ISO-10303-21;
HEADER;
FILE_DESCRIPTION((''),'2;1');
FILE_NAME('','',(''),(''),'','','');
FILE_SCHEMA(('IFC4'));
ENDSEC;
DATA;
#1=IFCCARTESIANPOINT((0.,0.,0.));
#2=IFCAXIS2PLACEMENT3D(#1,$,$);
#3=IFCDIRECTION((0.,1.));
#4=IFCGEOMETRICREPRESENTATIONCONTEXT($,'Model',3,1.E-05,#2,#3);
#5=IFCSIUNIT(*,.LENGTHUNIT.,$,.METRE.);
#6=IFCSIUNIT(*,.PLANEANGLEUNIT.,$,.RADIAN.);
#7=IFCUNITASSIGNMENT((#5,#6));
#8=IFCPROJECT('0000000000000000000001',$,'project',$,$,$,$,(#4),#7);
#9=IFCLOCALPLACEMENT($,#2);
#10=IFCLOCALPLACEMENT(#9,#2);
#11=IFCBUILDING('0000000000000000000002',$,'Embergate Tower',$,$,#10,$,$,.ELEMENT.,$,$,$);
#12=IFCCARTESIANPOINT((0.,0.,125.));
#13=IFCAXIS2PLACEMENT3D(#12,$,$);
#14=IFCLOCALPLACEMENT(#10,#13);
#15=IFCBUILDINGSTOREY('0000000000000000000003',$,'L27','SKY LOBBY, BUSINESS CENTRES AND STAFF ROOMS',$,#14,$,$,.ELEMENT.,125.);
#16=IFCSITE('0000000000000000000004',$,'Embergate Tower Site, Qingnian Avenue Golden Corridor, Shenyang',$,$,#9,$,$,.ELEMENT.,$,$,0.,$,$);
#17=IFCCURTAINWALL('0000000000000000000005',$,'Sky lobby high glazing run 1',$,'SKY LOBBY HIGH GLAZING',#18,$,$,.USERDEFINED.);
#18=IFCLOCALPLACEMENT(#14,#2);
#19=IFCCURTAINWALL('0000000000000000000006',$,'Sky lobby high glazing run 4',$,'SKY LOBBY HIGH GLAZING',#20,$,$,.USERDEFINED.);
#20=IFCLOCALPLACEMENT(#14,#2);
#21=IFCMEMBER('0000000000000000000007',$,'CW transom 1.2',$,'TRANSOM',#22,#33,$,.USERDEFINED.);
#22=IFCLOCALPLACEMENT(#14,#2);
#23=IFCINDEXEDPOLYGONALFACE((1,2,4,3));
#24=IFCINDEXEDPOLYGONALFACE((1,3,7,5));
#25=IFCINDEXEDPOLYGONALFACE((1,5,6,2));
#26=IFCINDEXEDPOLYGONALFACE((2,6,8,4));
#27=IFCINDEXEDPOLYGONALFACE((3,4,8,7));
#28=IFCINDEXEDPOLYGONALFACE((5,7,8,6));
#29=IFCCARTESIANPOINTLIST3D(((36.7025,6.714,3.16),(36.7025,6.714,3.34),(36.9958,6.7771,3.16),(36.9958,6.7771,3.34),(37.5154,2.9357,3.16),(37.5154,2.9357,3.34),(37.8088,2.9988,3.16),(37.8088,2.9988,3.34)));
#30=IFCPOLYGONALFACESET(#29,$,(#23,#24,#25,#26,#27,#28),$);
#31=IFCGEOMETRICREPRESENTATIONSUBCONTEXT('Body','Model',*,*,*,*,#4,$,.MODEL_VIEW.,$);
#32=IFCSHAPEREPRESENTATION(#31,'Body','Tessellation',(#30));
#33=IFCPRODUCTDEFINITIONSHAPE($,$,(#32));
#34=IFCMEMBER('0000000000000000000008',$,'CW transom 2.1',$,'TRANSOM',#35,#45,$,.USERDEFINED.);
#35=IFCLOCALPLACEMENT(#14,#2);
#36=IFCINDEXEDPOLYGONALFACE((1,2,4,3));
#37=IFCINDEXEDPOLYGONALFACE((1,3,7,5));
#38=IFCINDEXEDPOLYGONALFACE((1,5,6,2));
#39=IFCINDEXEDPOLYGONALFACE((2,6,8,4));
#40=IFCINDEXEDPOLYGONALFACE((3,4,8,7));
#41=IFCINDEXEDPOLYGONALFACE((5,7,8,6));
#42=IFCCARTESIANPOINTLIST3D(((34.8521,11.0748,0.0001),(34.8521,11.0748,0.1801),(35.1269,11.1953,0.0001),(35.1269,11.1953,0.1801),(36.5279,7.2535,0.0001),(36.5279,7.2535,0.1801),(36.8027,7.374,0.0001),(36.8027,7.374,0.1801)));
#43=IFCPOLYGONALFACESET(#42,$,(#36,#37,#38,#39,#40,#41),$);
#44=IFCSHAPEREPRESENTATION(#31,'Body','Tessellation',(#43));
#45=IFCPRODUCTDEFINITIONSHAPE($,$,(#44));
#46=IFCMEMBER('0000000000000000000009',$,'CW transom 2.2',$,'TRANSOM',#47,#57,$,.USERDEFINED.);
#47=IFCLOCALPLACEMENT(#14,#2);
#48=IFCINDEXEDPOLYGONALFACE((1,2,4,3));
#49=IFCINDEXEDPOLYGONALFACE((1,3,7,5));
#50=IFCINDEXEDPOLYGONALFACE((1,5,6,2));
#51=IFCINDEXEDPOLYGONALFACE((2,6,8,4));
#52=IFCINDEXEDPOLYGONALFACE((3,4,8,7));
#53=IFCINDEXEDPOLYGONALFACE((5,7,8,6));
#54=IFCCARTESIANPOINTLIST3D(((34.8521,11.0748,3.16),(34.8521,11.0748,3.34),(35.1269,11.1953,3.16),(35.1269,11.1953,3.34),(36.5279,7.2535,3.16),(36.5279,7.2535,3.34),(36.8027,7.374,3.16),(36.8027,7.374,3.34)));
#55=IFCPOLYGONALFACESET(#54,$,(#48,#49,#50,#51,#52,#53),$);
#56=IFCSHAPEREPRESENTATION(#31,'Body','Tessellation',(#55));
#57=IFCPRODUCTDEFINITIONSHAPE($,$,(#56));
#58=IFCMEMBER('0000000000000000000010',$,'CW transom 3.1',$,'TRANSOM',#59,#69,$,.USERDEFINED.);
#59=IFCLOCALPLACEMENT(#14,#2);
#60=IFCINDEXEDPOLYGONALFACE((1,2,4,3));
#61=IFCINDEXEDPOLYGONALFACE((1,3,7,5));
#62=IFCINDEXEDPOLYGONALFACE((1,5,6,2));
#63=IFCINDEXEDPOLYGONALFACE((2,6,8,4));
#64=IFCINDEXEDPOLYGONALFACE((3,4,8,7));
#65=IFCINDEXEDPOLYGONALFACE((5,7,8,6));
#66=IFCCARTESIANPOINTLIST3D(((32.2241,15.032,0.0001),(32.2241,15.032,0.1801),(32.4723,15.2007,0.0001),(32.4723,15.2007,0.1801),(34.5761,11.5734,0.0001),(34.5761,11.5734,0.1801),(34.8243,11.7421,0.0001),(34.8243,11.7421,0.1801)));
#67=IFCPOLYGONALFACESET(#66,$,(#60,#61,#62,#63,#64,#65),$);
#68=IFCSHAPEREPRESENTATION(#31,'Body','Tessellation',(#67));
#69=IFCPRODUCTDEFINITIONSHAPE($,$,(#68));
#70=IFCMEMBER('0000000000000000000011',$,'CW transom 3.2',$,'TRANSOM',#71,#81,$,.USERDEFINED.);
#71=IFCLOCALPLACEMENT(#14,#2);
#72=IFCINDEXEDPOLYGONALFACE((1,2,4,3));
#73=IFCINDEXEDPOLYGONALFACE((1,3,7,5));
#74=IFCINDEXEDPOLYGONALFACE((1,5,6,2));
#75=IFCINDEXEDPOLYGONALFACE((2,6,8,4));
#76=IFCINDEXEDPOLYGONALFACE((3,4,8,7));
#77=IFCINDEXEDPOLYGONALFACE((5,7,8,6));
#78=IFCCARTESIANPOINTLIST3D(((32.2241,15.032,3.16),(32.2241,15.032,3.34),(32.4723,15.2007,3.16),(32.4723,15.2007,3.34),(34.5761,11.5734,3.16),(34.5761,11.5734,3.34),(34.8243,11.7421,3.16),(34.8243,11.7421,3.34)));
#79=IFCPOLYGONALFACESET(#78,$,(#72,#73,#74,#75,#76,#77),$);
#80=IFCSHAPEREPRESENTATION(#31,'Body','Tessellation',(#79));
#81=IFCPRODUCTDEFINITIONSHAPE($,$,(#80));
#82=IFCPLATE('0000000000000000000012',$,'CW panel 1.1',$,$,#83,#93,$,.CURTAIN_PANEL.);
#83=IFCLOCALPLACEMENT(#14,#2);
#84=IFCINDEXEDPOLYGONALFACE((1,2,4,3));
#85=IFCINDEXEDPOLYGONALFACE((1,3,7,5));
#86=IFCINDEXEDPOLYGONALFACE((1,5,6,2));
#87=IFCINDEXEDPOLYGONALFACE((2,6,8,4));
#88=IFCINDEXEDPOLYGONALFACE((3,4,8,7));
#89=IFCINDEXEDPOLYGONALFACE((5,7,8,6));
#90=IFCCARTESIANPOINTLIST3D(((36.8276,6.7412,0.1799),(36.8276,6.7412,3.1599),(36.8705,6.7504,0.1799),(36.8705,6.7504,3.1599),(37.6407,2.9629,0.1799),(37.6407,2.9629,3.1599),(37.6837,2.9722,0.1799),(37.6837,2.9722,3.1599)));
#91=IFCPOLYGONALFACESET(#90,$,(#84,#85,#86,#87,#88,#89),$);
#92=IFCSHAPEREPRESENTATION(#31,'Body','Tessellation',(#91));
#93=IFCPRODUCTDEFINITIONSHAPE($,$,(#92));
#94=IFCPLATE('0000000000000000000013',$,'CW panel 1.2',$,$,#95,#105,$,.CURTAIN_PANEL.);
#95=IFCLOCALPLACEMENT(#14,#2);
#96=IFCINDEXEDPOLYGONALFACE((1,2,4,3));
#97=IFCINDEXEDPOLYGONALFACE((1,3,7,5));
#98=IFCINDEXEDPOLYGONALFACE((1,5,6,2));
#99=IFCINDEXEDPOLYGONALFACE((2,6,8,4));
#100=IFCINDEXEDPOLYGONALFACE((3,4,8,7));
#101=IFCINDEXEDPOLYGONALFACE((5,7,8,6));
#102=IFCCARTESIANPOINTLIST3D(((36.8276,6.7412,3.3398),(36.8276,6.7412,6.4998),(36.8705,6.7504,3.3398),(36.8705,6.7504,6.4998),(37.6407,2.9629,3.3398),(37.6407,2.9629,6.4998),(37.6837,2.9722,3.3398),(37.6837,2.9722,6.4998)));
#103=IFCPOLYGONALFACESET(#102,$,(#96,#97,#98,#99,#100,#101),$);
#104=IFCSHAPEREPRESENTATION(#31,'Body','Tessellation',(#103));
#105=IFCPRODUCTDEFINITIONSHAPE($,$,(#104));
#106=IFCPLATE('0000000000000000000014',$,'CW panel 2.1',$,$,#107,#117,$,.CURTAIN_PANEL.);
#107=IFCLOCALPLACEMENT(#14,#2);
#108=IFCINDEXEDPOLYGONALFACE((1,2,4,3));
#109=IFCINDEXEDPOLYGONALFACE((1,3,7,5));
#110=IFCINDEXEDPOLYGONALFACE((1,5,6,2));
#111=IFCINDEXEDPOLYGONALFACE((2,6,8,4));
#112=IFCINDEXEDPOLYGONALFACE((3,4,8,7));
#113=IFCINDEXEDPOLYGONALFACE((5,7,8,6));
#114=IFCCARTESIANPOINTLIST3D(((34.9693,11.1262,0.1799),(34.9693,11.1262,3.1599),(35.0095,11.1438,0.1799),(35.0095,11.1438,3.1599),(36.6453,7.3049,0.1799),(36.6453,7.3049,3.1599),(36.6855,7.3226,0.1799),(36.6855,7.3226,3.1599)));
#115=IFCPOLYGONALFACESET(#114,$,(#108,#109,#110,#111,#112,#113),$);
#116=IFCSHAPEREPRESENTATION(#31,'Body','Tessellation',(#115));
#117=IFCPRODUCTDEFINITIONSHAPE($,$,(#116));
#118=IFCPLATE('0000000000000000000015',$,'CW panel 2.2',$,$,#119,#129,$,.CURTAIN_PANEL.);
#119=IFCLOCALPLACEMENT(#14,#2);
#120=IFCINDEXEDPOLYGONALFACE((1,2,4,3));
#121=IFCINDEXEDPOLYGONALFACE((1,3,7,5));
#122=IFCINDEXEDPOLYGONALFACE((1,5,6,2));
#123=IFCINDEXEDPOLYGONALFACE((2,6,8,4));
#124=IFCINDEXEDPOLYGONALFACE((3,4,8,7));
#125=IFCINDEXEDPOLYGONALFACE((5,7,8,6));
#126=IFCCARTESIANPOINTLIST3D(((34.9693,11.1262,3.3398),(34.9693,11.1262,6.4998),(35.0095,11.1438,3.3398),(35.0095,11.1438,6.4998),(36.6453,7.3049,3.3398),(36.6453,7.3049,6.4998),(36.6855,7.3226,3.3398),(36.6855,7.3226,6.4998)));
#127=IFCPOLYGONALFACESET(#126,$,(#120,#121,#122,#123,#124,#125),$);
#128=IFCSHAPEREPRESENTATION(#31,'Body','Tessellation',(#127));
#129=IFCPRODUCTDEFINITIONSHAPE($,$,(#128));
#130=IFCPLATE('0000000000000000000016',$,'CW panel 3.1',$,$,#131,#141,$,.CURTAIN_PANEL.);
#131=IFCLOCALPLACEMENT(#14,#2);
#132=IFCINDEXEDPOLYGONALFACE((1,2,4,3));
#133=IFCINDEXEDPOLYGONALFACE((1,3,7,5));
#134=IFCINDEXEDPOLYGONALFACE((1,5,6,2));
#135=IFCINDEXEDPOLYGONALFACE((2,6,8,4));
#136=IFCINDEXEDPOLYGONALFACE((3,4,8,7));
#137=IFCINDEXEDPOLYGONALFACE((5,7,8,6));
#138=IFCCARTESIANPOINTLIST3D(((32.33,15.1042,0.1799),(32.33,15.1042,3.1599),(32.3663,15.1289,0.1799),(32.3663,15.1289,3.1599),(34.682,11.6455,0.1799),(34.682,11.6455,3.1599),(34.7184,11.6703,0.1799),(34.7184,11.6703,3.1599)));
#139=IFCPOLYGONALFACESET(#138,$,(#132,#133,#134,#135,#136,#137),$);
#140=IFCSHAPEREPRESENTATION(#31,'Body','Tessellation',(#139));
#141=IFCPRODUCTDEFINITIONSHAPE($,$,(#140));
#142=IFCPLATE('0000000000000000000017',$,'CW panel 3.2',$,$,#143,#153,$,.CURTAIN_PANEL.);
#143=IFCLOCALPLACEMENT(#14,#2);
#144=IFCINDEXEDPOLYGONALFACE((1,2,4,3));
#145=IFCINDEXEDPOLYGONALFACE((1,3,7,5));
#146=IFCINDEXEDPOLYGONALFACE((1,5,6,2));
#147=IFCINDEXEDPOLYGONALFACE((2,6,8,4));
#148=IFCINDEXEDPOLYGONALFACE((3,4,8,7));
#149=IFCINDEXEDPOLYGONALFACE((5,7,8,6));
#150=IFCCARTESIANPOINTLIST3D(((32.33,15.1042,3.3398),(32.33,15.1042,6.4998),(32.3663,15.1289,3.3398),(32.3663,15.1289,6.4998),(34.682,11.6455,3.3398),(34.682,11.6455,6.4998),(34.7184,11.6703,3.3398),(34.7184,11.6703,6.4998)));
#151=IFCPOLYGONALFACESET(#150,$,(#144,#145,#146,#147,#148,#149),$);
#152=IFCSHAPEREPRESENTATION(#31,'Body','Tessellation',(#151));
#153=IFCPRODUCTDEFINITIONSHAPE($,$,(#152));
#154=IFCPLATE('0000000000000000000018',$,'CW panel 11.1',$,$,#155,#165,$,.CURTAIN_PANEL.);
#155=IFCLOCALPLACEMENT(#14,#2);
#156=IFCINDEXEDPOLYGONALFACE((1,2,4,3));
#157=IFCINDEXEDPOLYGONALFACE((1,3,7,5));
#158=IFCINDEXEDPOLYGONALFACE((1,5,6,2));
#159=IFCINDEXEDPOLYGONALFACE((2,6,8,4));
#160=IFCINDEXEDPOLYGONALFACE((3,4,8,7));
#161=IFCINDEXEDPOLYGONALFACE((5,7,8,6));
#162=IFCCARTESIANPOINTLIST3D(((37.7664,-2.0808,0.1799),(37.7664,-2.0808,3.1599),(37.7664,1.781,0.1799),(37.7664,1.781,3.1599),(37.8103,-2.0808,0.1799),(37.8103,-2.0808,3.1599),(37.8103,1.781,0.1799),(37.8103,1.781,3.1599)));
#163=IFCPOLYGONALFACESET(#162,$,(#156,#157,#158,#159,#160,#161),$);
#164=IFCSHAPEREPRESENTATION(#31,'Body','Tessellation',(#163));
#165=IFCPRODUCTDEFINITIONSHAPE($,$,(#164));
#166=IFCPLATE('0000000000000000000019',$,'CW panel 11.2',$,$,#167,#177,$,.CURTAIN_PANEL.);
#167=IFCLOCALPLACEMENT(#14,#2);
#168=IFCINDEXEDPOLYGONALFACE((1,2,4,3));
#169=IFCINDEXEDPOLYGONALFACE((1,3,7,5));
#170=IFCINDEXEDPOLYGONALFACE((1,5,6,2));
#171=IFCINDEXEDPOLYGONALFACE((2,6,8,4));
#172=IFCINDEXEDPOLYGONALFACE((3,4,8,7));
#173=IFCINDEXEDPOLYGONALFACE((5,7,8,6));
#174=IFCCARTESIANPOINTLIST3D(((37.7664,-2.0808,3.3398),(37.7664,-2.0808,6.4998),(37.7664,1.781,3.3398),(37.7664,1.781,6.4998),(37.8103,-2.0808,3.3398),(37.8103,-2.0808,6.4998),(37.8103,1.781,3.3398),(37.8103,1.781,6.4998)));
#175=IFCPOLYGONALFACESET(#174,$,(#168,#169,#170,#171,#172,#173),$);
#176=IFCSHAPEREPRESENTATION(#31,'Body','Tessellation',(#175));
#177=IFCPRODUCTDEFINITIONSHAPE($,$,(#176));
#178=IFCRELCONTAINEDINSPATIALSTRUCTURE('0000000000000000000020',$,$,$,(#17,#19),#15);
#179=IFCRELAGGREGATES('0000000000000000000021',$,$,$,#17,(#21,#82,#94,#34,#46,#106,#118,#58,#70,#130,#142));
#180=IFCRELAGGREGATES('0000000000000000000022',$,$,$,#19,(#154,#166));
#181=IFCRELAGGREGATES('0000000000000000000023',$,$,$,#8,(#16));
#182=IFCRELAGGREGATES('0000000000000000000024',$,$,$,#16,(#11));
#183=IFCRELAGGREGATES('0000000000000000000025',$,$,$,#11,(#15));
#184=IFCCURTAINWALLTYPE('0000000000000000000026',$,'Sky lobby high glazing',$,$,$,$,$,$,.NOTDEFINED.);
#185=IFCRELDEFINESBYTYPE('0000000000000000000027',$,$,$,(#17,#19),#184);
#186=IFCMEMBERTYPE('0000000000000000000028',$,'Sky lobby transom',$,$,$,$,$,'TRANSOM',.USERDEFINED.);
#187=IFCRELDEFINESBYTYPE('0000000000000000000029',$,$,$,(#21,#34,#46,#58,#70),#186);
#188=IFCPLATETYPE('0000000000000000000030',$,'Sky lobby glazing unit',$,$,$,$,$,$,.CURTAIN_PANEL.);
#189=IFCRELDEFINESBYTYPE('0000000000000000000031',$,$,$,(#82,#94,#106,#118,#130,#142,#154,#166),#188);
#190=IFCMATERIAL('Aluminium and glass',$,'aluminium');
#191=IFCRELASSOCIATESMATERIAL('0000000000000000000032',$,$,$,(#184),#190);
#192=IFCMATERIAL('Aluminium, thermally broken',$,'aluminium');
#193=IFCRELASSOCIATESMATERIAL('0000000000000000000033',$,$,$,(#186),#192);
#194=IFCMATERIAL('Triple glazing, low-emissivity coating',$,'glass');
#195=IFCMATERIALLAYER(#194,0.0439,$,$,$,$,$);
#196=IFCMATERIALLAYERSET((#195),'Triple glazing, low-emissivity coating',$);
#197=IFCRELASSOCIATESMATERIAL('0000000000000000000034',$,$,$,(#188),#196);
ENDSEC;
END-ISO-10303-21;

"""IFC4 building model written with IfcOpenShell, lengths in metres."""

from ifc_helpers import new_model, si_unit, direction, frame, origin, origin_2d, place, context, subcontext, project, spatial, rectangle, extrude, source, transform, mapped, material, layer, layer_set, material_profile, profile_set, type_object, element, aggregate, save


model = new_model("IFC4")

# Units and contexts
model_context = context("Model", 3, precision=1e-05, world=origin(), true_north=direction((0.0, 1.0)))
body_context = subcontext(model_context, "Body", "Model", "MODEL_VIEW")
ifc_project = project(units=[si_unit("LENGTHUNIT", "METRE"), si_unit("PLANEANGLEUNIT", "RADIAN")], contexts=[model_context])

# Site, building, storey
site_placement = place(None, origin())
site = spatial("IfcSite", under=ifc_project, at=site_placement, Name="Embergate Tower Site, Qingnian Avenue Golden Corridor, Shenyang", CompositionType="ELEMENT", RefElevation=0.0)
building_placement = place(site_placement, origin())
building = spatial("IfcBuilding", under=site, at=building_placement, Name="Embergate Tower", CompositionType="ELEMENT")
storey_placement = place(building_placement, frame((0.0, 0.0, 125.0)))
storey = spatial("IfcBuildingStorey", under=building, at=storey_placement, Name="L27", Description="SKY LOBBY, BUSINESS CENTRES AND STAFF ROOMS", CompositionType="ELEMENT", Elevation=125.0)

# Curtain wall
ifc_material_1 = material(Name="Aluminium and glass", Category="aluminium")
curtain_wall_type = type_object("IfcCurtainWallType", Name="Sky lobby high glazing", PredefinedType="NOTDEFINED", material=ifc_material_1)
curtain_wall_1_placement = place(storey_placement, origin())
curtain_wall_1 = element("IfcCurtainWall", 1, at=curtain_wall_1_placement, inside=storey, type_object=curtain_wall_type, Name="Sky lobby high glazing run 1", ObjectType="SKY LOBBY HIGH GLAZING", PredefinedType="USERDEFINED")
ifc_material_2 = material(Name="Aluminium, thermally broken", Category="aluminium")

# Curtain wall
curtain_wall_2_placement = place(storey_placement, origin())
curtain_wall_2 = element("IfcCurtainWall", 2, at=curtain_wall_2_placement, inside=storey, type_object=curtain_wall_type, Name="Sky lobby high glazing run 4", ObjectType="SKY LOBBY HIGH GLAZING", PredefinedType="USERDEFINED")

# Members
ifc_material_profile_1 = material_profile(ifc_material_2, rectangle(XDim=0.3, YDim=0.1799, at=origin_2d()), Name="AL 180x300")
ifc_profile_set_1 = profile_set([ifc_material_profile_1], Name="Aluminium, thermally broken")
member_type_1 = type_object("IfcMemberType", Name="Sky lobby transom", ElementType="TRANSOM", PredefinedType="USERDEFINED", material=ifc_profile_set_1)
shared_shape_1 = source(origin(), body_context, "Body", "SweptSolid", [
    extrude(rectangle(XDim=0.3, YDim=0.1799, at=origin_2d()), origin(), (0.0, 0.0, 1.0), 3.8647),
])
member_1_placement = place(storey_placement, frame((37.6621, 2.9673, 3.25), z_axis=(-0.210357, 0.977625, 0.0), x_axis=(-0.977625, -0.210357, 0.0)))
member_1 = element("IfcMember", 3, at=member_1_placement, type_object=member_type_1, Name="CW transom 1.2", ObjectType="TRANSOM", PredefinedType="USERDEFINED", context=body_context, shape_type="MappedRepresentation", body=[
    mapped(shared_shape_1, transform((0.0, 0.0, 0.0))),
])
shared_shape_2 = source(origin(), body_context, "Body", "SweptSolid", [
    extrude(rectangle(XDim=0.3, YDim=0.1799, at=origin_2d()), origin(), (0.0, 0.0, 1.0), 4.1726),
])
member_2_placement = place(storey_placement, frame((36.6653, 7.3137, 0.0901), z_axis=(-0.401617, 0.915808, 0.0), x_axis=(-0.915808, -0.401617, 0.0)))
member_2 = element("IfcMember", 4, at=member_2_placement, type_object=member_type_1, Name="CW transom 2.1", ObjectType="TRANSOM", PredefinedType="USERDEFINED", context=body_context, shape_type="MappedRepresentation", body=[
    mapped(shared_shape_2, transform((0.0, 0.0, 0.0))),
])
member_3_placement = place(storey_placement, frame((36.6653, 7.3137, 3.25), z_axis=(-0.401617, 0.915808, 0.0), x_axis=(-0.915808, -0.401617, 0.0)))
member_3 = element("IfcMember", 5, at=member_3_placement, type_object=member_type_1, Name="CW transom 2.2", ObjectType="TRANSOM", PredefinedType="USERDEFINED", context=body_context, shape_type="MappedRepresentation", body=[
    mapped(shared_shape_2, transform((0.0, 0.0, 0.0))),
])
shared_shape_3 = source(origin(), body_context, "Body", "SweptSolid", [
    extrude(rectangle(XDim=0.3, YDim=0.1799, at=origin_2d()), origin(), (0.0, 0.0, 1.0), 4.1826),
])
member_4_placement = place(storey_placement, frame((34.7002, 11.6577, 0.0901), z_axis=(-0.562328, 0.826915, 0.0), x_axis=(-0.826915, -0.562328, 0.0)))
member_4 = element("IfcMember", 6, at=member_4_placement, type_object=member_type_1, Name="CW transom 3.1", ObjectType="TRANSOM", PredefinedType="USERDEFINED", context=body_context, shape_type="MappedRepresentation", body=[
    mapped(shared_shape_3, transform((0.0, 0.0, 0.0))),
])
member_5_placement = place(storey_placement, frame((34.7002, 11.6577, 3.25), z_axis=(-0.562328, 0.826915, 0.0), x_axis=(-0.826915, -0.562328, 0.0)))
member_5 = element("IfcMember", 7, at=member_5_placement, type_object=member_type_1, Name="CW transom 3.2", ObjectType="TRANSOM", PredefinedType="USERDEFINED", context=body_context, shape_type="MappedRepresentation", body=[
    mapped(shared_shape_3, transform((0.0, 0.0, 0.0))),
])

# Plates
ifc_material_3 = material(Name="Triple glazing, low-emissivity coating", Category="glass")
ifc_layer_1 = layer(ifc_material_3, 0.0439)
ifc_layer_set_1 = layer_set([ifc_layer_1], Name="Triple glazing, low-emissivity coating")
plate_type = type_object("IfcPlateType", Name="Sky lobby glazing unit", PredefinedType="CURTAIN_PANEL", material=ifc_layer_set_1)
shared_shape_4 = source(origin(), body_context, "Body", "SweptSolid", [
    extrude(rectangle(XDim=3.8647, YDim=0.0439, at=origin_2d()), origin(), (0.0, 0.0, 1.0), 2.98),
])
plate_1_placement = place(storey_placement, frame((37.2556, 4.8567, 0.1799), z_axis=(0.0, 0.0, 1.0), x_axis=(-0.210402, 0.977615, 0.0)))
plate_1 = element("IfcPlate", 8, at=plate_1_placement, type_object=plate_type, Name="CW panel 1.1", PredefinedType="CURTAIN_PANEL", context=body_context, shape_type="MappedRepresentation", body=[
    mapped(shared_shape_4, transform((0.0, 0.0, 0.0))),
])
shared_shape_5 = source(origin(), body_context, "Body", "SweptSolid", [
    extrude(rectangle(XDim=3.8647, YDim=0.0439, at=origin_2d()), origin(), (0.0, 0.0, 1.0), 3.1599),
])
plate_2_placement = place(storey_placement, frame((37.2556, 4.8567, 3.3398), z_axis=(0.0, 0.0, 1.0), x_axis=(-0.210402, 0.977615, 0.0)))
plate_2 = element("IfcPlate", 9, at=plate_2_placement, type_object=plate_type, Name="CW panel 1.2", PredefinedType="CURTAIN_PANEL", context=body_context, shape_type="MappedRepresentation", body=[
    mapped(shared_shape_5, transform((0.0, 0.0, 0.0))),
])
shared_shape_6 = source(origin(), body_context, "Body", "SweptSolid", [
    extrude(rectangle(XDim=4.1726, YDim=0.0439, at=origin_2d()), origin(), (0.0, 0.0, 1.0), 2.98),
])
plate_3_placement = place(storey_placement, frame((35.8274, 9.2244, 0.1799), z_axis=(0.0, 0.0, 1.0), x_axis=(-0.401658, 0.91579, 0.0)))
plate_3 = element("IfcPlate", 10, at=plate_3_placement, type_object=plate_type, Name="CW panel 2.1", PredefinedType="CURTAIN_PANEL", context=body_context, shape_type="MappedRepresentation", body=[
    mapped(shared_shape_6, transform((0.0, 0.0, 0.0))),
])
shared_shape_7 = source(origin(), body_context, "Body", "SweptSolid", [
    extrude(rectangle(XDim=4.1726, YDim=0.0439, at=origin_2d()), origin(), (0.0, 0.0, 1.0), 3.1599),
])
plate_4_placement = place(storey_placement, frame((35.8274, 9.2244, 3.3398), z_axis=(0.0, 0.0, 1.0), x_axis=(-0.401658, 0.91579, 0.0)))
plate_4 = element("IfcPlate", 11, at=plate_4_placement, type_object=plate_type, Name="CW panel 2.2", PredefinedType="CURTAIN_PANEL", context=body_context, shape_type="MappedRepresentation", body=[
    mapped(shared_shape_7, transform((0.0, 0.0, 0.0))),
])
shared_shape_8 = source(origin(), body_context, "Body", "SweptSolid", [
    extrude(rectangle(XDim=4.1826, YDim=0.0439, at=origin_2d()), origin(), (0.0, 0.0, 1.0), 2.98),
])
plate_5_placement = place(storey_placement, frame((33.5242, 13.3872, 0.1799), z_axis=(0.0, 0.0, 1.0), x_axis=(-0.562348, 0.826901, 0.0)))
plate_5 = element("IfcPlate", 12, at=plate_5_placement, type_object=plate_type, Name="CW panel 3.1", PredefinedType="CURTAIN_PANEL", context=body_context, shape_type="MappedRepresentation", body=[
    mapped(shared_shape_8, transform((0.0, 0.0, 0.0))),
])
shared_shape_9 = source(origin(), body_context, "Body", "SweptSolid", [
    extrude(rectangle(XDim=4.1826, YDim=0.0439, at=origin_2d()), origin(), (0.0, 0.0, 1.0), 3.1599),
])
plate_6_placement = place(storey_placement, frame((33.5242, 13.3872, 3.3398), z_axis=(0.0, 0.0, 1.0), x_axis=(-0.562348, 0.826901, 0.0)))
plate_6 = element("IfcPlate", 13, at=plate_6_placement, type_object=plate_type, Name="CW panel 3.2", PredefinedType="CURTAIN_PANEL", context=body_context, shape_type="MappedRepresentation", body=[
    mapped(shared_shape_9, transform((0.0, 0.0, 0.0))),
])
aggregate(curtain_wall_1, [member_1, plate_1, plate_2, member_2, member_3, plate_3, plate_4, member_4, member_5, plate_5, plate_6])
shared_shape_10 = source(origin(), body_context, "Body", "SweptSolid", [
    extrude(rectangle(XDim=3.8618, YDim=0.0439, at=origin_2d()), origin(), (0.0, 0.0, 1.0), 2.98),
])
plate_7_placement = place(storey_placement, frame((37.7883, -0.1499, 0.1799), z_axis=(0.0, 0.0, 1.0), x_axis=(0.0, 1.0, 0.0)))
plate_7 = element("IfcPlate", 14, at=plate_7_placement, type_object=plate_type, Name="CW panel 11.1", PredefinedType="CURTAIN_PANEL", context=body_context, shape_type="MappedRepresentation", body=[
    mapped(shared_shape_10, transform((0.0, 0.0, 0.0))),
])
shared_shape_11 = source(origin(), body_context, "Body", "SweptSolid", [
    extrude(rectangle(XDim=3.8618, YDim=0.0439, at=origin_2d()), origin(), (0.0, 0.0, 1.0), 3.1599),
])
plate_8_placement = place(storey_placement, frame((37.7883, -0.1499, 3.3398), z_axis=(0.0, 0.0, 1.0), x_axis=(0.0, 1.0, 0.0)))
plate_8 = element("IfcPlate", 15, at=plate_8_placement, type_object=plate_type, Name="CW panel 11.2", PredefinedType="CURTAIN_PANEL", context=body_context, shape_type="MappedRepresentation", body=[
    mapped(shared_shape_11, transform((0.0, 0.0, 0.0))),
])
aggregate(curtain_wall_2, [plate_7, plate_8])

save(model, "model.ifc")
